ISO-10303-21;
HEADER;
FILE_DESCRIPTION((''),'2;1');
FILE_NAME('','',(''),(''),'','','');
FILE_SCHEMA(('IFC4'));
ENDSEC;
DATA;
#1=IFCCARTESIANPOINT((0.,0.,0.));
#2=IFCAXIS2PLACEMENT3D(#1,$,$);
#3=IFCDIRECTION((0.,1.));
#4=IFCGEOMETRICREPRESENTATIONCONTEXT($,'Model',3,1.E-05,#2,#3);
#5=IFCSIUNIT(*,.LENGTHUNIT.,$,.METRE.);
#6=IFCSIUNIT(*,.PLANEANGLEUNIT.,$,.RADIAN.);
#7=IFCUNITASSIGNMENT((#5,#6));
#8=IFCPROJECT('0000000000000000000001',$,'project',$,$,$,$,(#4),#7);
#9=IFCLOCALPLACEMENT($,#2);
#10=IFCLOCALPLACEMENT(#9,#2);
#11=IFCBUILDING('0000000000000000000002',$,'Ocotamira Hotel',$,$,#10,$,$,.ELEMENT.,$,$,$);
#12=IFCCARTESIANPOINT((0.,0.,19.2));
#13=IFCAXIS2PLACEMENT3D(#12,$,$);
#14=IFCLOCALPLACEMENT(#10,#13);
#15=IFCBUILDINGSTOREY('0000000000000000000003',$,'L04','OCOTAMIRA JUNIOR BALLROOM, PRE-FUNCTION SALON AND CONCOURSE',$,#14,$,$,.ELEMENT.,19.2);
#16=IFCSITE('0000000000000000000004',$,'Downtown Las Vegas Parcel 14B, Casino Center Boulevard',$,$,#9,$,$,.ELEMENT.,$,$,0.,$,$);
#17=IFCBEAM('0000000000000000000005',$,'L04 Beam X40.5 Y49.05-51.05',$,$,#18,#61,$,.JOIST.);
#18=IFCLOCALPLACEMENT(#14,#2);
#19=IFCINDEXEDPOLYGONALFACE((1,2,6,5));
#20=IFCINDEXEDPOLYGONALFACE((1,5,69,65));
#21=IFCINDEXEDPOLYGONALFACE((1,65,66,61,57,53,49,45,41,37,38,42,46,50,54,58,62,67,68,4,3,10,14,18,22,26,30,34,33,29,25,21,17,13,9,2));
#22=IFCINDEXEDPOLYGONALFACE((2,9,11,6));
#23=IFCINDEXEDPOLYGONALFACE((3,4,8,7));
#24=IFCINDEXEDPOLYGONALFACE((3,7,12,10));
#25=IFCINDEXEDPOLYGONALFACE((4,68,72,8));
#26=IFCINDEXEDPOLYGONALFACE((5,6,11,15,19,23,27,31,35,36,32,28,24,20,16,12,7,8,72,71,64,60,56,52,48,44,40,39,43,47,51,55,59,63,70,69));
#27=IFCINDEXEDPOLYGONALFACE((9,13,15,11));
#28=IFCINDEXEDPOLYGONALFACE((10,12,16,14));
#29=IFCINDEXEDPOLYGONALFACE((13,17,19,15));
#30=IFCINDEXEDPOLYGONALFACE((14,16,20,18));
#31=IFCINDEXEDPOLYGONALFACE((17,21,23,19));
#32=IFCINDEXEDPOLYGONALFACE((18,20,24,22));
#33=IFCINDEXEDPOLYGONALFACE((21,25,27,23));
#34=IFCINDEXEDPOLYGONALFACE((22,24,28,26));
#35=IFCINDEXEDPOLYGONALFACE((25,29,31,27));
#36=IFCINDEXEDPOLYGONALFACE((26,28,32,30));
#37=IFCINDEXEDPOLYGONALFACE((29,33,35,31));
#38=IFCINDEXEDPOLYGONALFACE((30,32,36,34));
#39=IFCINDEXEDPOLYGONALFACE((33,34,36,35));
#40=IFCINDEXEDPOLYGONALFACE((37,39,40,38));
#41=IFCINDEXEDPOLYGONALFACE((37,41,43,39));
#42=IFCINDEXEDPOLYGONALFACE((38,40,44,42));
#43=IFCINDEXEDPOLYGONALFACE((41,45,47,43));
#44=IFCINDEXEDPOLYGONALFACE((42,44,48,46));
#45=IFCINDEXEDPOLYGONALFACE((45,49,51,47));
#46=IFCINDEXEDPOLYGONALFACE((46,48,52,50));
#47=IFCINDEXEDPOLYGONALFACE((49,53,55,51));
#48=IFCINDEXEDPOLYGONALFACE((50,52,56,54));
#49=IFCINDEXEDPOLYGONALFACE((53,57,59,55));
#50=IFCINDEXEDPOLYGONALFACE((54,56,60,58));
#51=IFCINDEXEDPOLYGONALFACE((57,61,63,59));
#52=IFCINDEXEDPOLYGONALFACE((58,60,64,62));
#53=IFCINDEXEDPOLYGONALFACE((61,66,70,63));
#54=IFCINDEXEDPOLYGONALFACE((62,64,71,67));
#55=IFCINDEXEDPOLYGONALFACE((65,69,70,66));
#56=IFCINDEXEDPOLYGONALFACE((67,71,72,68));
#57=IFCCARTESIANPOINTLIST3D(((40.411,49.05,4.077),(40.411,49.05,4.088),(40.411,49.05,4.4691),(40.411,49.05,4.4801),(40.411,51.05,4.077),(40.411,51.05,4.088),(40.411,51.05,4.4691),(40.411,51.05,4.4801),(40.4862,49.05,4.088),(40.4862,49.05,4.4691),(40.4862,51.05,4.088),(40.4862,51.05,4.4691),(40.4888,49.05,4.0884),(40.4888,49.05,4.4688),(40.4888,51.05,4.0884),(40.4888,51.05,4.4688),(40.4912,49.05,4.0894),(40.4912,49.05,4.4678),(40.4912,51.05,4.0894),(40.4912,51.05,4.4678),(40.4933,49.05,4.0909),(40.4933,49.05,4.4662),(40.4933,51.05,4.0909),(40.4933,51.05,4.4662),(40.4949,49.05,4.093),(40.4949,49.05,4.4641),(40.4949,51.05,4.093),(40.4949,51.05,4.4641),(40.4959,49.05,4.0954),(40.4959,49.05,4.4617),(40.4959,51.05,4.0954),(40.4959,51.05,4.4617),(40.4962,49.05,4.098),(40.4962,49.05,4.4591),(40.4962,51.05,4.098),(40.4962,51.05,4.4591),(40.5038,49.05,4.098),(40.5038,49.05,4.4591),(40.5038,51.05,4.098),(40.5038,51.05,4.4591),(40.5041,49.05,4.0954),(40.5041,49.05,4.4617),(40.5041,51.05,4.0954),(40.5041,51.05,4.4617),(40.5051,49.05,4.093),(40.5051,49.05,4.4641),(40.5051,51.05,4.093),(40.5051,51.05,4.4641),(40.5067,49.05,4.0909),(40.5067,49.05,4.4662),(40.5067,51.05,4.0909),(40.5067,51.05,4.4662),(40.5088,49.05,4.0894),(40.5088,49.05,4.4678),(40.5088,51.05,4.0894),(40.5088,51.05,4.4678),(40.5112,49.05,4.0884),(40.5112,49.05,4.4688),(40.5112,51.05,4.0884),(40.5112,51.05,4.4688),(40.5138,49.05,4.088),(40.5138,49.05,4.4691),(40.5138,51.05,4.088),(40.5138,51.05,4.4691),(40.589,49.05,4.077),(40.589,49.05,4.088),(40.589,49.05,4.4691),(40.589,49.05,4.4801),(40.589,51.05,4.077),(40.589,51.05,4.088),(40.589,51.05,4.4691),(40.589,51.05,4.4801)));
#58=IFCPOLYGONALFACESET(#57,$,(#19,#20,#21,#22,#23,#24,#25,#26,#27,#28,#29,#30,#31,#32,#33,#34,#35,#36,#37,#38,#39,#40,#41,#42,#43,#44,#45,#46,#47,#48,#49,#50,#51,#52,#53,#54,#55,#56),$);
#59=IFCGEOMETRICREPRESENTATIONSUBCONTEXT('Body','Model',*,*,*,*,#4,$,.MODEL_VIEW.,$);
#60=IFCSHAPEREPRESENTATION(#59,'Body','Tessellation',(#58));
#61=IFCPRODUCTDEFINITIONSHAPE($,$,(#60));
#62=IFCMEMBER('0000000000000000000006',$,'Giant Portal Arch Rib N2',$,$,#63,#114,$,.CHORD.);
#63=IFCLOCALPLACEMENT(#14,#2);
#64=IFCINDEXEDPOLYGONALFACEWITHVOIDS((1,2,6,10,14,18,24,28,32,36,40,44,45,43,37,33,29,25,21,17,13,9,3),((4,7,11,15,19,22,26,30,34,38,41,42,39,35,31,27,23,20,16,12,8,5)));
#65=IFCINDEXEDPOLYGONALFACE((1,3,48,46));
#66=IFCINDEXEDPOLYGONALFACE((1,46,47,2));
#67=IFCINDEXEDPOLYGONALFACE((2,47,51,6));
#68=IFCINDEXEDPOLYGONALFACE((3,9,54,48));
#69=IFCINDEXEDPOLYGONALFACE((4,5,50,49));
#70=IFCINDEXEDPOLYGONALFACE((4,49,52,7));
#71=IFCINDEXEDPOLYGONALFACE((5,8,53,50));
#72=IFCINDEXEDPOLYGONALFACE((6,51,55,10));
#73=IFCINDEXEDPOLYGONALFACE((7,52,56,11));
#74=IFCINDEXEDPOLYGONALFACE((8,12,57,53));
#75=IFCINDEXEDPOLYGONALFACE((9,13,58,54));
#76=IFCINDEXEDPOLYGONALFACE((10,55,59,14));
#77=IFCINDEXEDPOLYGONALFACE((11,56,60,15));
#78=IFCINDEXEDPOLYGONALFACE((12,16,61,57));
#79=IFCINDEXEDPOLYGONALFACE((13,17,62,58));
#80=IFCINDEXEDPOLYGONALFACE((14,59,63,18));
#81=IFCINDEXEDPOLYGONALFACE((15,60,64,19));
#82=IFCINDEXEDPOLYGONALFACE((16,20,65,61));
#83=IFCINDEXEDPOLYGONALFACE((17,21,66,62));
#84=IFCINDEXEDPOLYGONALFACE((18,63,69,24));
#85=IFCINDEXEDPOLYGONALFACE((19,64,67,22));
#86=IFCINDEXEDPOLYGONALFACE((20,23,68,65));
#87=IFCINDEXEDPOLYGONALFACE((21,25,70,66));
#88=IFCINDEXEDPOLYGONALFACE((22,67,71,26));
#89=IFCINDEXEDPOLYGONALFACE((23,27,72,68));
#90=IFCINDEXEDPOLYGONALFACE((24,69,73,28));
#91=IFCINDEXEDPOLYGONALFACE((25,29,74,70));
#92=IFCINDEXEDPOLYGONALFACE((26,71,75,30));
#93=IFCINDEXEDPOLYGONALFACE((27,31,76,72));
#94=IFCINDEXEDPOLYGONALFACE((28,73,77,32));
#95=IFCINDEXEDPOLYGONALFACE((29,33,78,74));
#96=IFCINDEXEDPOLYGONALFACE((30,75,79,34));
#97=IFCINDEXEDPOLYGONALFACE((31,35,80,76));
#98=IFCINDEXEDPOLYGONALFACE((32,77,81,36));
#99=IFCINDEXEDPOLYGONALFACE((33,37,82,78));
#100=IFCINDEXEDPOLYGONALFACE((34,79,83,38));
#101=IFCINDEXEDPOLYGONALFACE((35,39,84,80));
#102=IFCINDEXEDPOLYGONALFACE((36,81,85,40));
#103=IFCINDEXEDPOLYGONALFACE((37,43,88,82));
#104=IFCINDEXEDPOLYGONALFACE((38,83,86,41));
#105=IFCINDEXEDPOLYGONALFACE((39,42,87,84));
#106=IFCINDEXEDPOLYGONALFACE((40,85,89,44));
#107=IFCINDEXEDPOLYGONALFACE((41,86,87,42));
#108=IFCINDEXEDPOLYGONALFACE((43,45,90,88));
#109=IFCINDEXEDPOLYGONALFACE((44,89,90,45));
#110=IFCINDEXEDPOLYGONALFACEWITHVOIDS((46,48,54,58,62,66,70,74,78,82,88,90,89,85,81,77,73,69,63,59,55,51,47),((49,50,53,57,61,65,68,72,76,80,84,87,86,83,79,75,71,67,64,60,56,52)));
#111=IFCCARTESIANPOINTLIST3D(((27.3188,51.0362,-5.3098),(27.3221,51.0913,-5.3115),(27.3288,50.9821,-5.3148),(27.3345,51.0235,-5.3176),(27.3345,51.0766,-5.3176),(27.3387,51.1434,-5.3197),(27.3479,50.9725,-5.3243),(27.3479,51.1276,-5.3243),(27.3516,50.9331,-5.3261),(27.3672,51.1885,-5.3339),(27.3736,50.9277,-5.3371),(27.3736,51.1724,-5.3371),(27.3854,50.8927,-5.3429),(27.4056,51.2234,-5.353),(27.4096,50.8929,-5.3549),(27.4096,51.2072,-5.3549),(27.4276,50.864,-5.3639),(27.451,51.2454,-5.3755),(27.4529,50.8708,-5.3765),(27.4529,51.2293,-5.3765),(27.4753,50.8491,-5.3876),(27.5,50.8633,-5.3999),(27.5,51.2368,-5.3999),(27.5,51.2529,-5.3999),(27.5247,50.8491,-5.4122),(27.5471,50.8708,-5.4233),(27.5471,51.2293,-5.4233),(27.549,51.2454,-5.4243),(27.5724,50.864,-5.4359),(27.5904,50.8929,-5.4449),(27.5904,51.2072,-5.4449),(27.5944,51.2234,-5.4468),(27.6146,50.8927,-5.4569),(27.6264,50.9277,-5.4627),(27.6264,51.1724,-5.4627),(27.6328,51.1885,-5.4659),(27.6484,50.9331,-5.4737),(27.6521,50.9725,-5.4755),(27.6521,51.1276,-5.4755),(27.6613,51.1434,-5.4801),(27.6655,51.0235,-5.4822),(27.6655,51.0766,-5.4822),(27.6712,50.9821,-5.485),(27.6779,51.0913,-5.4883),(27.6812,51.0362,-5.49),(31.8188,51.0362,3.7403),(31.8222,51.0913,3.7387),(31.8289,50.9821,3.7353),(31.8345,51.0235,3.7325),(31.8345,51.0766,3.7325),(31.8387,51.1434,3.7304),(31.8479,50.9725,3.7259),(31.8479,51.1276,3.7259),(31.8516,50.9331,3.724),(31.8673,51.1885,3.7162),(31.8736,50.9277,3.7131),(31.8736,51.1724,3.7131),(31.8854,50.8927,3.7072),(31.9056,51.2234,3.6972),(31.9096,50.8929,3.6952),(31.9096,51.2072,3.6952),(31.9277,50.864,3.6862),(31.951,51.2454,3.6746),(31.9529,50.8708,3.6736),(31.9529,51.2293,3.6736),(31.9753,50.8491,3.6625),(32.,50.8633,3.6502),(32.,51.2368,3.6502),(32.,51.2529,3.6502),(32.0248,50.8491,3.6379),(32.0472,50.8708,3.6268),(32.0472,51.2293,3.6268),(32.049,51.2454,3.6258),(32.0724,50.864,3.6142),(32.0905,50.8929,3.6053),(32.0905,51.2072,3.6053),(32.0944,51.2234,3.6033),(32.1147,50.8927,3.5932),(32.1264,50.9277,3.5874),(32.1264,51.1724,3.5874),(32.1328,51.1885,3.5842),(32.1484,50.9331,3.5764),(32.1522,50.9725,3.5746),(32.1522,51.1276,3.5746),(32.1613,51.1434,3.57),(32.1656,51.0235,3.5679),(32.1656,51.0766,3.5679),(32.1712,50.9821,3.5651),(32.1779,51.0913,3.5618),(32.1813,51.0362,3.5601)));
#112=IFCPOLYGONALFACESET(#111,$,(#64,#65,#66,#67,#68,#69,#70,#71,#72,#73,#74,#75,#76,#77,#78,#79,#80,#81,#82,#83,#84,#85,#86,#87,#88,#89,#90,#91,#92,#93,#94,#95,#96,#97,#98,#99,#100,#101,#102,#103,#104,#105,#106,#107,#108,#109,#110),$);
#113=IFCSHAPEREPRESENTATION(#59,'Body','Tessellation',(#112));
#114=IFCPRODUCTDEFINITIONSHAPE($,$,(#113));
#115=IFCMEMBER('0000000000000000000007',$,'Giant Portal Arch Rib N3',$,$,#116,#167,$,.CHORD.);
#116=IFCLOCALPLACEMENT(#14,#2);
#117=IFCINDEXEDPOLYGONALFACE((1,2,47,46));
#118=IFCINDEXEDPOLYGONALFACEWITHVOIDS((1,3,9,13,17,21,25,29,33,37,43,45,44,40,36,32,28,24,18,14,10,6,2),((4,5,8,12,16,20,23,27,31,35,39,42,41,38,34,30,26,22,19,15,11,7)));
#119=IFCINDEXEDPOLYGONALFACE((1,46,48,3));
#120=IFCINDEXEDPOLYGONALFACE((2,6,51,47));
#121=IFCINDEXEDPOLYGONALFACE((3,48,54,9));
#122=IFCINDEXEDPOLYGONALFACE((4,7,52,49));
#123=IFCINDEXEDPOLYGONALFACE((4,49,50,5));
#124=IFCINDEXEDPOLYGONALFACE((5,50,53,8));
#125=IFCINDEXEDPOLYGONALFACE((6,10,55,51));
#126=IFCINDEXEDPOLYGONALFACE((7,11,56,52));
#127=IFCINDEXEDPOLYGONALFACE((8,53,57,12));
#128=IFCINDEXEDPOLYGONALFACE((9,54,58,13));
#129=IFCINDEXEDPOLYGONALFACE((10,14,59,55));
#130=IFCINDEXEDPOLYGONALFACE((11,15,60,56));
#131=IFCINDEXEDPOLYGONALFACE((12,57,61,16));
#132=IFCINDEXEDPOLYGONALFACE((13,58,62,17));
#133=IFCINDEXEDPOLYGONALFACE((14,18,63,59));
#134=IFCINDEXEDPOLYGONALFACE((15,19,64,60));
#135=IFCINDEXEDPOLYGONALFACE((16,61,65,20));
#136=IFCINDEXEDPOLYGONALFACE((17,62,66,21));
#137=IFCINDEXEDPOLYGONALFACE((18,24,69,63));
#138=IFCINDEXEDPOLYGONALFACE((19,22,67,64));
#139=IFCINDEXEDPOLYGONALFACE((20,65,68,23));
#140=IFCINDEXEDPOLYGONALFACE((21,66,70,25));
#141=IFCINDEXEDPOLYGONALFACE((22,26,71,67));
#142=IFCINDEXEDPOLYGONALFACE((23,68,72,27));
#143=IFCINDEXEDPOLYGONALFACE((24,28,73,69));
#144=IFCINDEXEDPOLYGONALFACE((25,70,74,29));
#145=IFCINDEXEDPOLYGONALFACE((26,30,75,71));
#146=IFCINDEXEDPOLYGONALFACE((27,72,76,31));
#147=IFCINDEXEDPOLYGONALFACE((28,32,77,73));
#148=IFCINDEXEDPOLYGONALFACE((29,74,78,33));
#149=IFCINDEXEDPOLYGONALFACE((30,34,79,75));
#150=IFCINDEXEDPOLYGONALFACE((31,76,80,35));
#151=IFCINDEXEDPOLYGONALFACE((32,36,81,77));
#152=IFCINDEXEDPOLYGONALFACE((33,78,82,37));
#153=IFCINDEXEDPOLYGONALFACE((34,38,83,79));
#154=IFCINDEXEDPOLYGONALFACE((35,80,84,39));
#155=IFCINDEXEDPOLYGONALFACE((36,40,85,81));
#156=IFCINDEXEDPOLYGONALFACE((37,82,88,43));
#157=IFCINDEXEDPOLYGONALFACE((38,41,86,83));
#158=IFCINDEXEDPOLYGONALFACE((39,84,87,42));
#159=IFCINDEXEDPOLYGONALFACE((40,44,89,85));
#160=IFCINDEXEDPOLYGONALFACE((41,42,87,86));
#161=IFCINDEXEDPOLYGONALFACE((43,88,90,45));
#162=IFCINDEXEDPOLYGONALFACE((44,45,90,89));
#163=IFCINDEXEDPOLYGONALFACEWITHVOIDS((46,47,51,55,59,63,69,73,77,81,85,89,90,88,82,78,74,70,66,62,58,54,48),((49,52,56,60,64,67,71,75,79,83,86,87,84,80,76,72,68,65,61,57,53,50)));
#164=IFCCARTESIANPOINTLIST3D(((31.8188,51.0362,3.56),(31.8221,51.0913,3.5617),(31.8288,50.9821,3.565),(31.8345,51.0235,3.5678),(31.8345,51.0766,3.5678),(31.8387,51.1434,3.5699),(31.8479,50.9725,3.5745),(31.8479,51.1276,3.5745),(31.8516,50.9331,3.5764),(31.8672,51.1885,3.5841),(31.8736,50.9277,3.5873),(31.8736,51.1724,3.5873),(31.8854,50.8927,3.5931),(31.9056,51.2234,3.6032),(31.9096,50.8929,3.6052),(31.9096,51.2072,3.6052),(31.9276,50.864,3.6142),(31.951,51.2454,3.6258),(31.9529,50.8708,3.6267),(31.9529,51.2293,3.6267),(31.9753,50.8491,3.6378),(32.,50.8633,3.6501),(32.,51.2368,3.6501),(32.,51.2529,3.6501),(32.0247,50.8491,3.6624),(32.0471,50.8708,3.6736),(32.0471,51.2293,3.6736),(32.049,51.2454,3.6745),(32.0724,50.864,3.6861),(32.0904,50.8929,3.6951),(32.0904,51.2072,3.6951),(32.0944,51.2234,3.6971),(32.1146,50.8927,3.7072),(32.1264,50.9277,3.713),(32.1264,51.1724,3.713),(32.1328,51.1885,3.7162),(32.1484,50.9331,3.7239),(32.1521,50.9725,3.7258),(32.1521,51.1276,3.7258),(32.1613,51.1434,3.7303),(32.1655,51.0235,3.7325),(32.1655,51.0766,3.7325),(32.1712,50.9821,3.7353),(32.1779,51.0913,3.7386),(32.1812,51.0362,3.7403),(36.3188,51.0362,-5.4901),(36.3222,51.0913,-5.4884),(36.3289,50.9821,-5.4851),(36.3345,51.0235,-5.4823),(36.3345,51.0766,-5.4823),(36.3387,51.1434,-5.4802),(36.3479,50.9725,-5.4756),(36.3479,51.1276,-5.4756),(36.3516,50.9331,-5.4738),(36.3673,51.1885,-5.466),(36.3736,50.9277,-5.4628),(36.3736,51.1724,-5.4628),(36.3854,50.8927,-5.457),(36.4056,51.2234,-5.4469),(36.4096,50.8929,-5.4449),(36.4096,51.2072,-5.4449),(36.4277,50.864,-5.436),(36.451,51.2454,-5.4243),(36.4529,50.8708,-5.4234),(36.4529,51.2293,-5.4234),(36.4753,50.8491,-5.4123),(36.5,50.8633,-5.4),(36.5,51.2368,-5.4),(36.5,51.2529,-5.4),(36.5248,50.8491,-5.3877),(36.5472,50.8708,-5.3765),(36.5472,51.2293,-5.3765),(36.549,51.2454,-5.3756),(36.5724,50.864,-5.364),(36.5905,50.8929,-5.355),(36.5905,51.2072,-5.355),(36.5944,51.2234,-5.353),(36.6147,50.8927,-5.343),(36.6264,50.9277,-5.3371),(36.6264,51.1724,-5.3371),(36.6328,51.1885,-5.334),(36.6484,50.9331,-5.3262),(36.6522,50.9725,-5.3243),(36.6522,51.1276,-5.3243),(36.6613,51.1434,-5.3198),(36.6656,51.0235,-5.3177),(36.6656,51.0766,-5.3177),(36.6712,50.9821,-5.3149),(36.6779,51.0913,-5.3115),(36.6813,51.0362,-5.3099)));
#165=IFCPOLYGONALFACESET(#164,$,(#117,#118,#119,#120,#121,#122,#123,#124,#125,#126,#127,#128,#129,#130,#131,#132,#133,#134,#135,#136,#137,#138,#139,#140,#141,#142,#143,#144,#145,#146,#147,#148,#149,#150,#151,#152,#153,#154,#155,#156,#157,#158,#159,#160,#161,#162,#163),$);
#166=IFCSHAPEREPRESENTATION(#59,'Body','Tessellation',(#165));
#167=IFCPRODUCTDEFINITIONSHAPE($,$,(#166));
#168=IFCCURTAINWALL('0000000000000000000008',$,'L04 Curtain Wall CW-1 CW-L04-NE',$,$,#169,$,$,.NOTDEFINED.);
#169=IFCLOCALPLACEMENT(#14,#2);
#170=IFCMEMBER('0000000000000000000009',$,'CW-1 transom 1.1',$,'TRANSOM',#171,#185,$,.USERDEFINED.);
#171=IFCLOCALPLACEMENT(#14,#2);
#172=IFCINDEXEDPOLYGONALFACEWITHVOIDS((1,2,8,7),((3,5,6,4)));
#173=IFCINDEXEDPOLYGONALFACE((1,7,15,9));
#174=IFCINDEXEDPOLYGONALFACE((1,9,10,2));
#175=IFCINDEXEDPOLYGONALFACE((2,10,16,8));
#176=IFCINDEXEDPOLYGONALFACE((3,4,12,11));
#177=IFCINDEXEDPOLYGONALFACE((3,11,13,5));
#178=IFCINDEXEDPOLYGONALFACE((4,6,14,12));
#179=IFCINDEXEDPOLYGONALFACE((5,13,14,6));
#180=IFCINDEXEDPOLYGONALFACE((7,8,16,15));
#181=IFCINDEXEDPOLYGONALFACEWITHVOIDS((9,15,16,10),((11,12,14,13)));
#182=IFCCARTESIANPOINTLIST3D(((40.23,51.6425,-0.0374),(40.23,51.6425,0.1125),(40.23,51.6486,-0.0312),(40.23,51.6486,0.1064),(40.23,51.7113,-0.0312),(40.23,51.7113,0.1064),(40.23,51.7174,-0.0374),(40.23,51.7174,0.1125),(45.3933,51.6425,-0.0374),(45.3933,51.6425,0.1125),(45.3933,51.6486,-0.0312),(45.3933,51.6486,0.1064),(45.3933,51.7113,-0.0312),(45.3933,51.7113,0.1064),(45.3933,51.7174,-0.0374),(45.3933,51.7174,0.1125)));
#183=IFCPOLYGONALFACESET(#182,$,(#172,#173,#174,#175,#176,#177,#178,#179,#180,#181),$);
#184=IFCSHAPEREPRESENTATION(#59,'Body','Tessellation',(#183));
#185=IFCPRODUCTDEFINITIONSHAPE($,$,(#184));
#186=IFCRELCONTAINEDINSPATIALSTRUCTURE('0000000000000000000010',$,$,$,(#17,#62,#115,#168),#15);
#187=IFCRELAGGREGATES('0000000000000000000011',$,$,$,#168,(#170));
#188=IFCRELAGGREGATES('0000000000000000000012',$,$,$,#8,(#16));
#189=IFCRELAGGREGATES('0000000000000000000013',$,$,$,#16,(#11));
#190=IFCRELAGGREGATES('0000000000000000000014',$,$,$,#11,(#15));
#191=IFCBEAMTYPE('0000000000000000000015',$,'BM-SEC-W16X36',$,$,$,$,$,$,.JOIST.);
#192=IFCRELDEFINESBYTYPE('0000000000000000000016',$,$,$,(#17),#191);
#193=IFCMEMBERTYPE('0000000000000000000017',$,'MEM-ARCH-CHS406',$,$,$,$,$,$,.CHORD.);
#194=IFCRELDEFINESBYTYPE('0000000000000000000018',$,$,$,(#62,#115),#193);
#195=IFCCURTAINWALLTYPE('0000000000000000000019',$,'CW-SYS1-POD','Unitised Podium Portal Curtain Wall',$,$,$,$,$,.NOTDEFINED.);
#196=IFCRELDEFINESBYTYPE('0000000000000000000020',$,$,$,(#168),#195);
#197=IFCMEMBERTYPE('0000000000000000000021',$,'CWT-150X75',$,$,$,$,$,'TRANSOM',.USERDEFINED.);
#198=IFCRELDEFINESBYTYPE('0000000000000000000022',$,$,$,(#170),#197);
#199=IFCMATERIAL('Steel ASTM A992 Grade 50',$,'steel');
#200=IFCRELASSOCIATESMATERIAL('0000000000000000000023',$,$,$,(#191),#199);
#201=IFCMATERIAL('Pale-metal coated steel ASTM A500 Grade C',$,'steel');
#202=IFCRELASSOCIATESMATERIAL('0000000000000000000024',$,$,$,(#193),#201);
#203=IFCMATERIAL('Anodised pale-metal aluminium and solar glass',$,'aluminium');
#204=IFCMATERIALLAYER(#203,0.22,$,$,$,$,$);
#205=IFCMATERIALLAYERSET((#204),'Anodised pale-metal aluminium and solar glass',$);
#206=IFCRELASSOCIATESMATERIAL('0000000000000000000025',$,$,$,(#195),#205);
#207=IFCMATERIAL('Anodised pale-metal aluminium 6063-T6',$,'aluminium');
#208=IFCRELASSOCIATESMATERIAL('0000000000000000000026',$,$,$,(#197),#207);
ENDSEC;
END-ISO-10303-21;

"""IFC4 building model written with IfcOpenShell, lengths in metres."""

from ifc_helpers import new_model, si_unit, direction, frame, origin, origin_2d, place, context, subcontext, project, spatial, hollow_rectangle, hollow_circle, i_section, extrude, source, transform, mapped, material, layer, layer_set, material_profile, profile_set, type_object, element, aggregate, save


model = new_model("IFC4")

# Units and contexts
model_context = context("Model", 3, precision=1e-05, world=origin(), true_north=direction((0.0, 1.0)))
body_context = subcontext(model_context, "Body", "Model", "MODEL_VIEW")
ifc_project = project(units=[si_unit("LENGTHUNIT", "METRE"), si_unit("PLANEANGLEUNIT", "RADIAN")], contexts=[model_context])

# Site, building, storey
site_placement = place(None, origin())
site = spatial("IfcSite", under=ifc_project, at=site_placement, Name="Downtown Las Vegas Parcel 14B, Casino Center Boulevard", CompositionType="ELEMENT", RefElevation=0.0)
building_placement = place(site_placement, origin())
building = spatial("IfcBuilding", under=site, at=building_placement, Name="Ocotamira Hotel", CompositionType="ELEMENT")
storey_placement = place(building_placement, frame((0.0, 0.0, 19.2)))
storey = spatial("IfcBuildingStorey", under=building, at=storey_placement, Name="L04", Description="OCOTAMIRA JUNIOR BALLROOM, PRE-FUNCTION SALON AND CONCOURSE", CompositionType="ELEMENT", Elevation=19.2)

# Beam
ifc_material_1 = material(Name="Steel ASTM A992 Grade 50", Category="steel")
ifc_material_profile_1 = material_profile(ifc_material_1, i_section(OverallWidth=0.178, OverallDepth=0.4031, WebThickness=0.0076, FlangeThickness=0.011, FilletRadius=0.01, at=origin_2d()), Name="W16X36")
ifc_profile_set_1 = profile_set([ifc_material_profile_1], Name="Steel ASTM A992 Grade 50")
beam_type_1 = type_object("IfcBeamType", Name="BM-SEC-W16X36", PredefinedType="JOIST", material=ifc_profile_set_1)
shared_shape_1 = source(origin(), body_context, "Body", "SweptSolid", [
    extrude(i_section(OverallWidth=0.178, OverallDepth=0.4031, WebThickness=0.0076, FlangeThickness=0.011, FilletRadius=0.01, at=origin_2d()), origin(), (0.0, 0.0, 1.0), 2.0),
])
beam_1_placement = place(storey_placement, frame((40.5, 49.05, 4.2786), z_axis=(0.0, 1.0, 0.0), x_axis=(-1.0, 0.0, 0.0)))
element("IfcBeam", 1, at=beam_1_placement, inside=storey, type_object=beam_type_1, Name="L04 Beam X40.5 Y49.05-51.05", PredefinedType="JOIST", context=body_context, shape_type="MappedRepresentation", body=[
    mapped(shared_shape_1, transform((0.0, 0.0, 0.0), scale=1.0)),
])

# Members
ifc_material_2 = material(Name="Pale-metal coated steel ASTM A500 Grade C", Category="steel")
ifc_material_profile_2 = material_profile(ifc_material_2, hollow_circle(Radius=0.2029, WallThickness=0.0161, at=origin_2d()), Name="CHS406X16")
ifc_profile_set_2 = profile_set([ifc_material_profile_2], Name="Pale-metal coated steel ASTM A500 Grade C")
member_type_1 = type_object("IfcMemberType", Name="MEM-ARCH-CHS406", PredefinedType="CHORD", material=ifc_profile_set_2)
shared_shape_2 = source(origin(), body_context, "Body", "SweptSolid", [
    extrude(hollow_circle(Radius=0.2029, WallThickness=0.0161, at=origin_2d()), origin(), (0.0, 0.0, 1.0), 10.1072),
])
for number, where, z_axis, x_axis, name in (
    (2, (27.5, 51.05, -5.3999), (0.445232, 0.0, 0.895415), (0.0, 1.0, 0.0), "Giant Portal Arch Rib N2"),
    (3, (32.0, 51.05, 3.6501), (0.445232, 0.0, -0.895415), (0.0, 1.0, 0.0), "Giant Portal Arch Rib N3"),
):
    element("IfcMember", number, at=place(storey_placement, frame(where, z_axis=z_axis, x_axis=x_axis)), inside=storey, type_object=member_type_1, Name=name, PredefinedType="CHORD", context=body_context, shape_type="MappedRepresentation", body=[
        mapped(shared_shape_2, transform((0.0, 0.0, 0.0), scale=1.0)),
    ])

# Curtain wall, member
ifc_material_3 = material(Name="Anodised pale-metal aluminium and solar glass", Category="aluminium")
ifc_layer_1 = layer(ifc_material_3, 0.22)
ifc_layer_set_1 = layer_set([ifc_layer_1], Name="Anodised pale-metal aluminium and solar glass")
curtain_wall_type = type_object("IfcCurtainWallType", Name="CW-SYS1-POD", Description="Unitised Podium Portal Curtain Wall", PredefinedType="NOTDEFINED", material=ifc_layer_set_1)
curtain_wall_1_placement = place(storey_placement, origin())
curtain_wall_1 = element("IfcCurtainWall", 4, at=curtain_wall_1_placement, inside=storey, type_object=curtain_wall_type, Name="L04 Curtain Wall CW-1 CW-L04-NE", PredefinedType="NOTDEFINED")
ifc_material_4 = material(Name="Anodised pale-metal aluminium 6063-T6", Category="aluminium")
ifc_material_profile_3 = material_profile(ifc_material_4, hollow_rectangle(XDim=0.075, YDim=0.1499, WallThickness=0.0061, at=origin_2d()), Name="HSS150X75X6")
ifc_profile_set_3 = profile_set([ifc_material_profile_3], Name="Anodised pale-metal aluminium 6063-T6")
member_type_2 = type_object("IfcMemberType", Name="CWT-150X75", ElementType="TRANSOM", PredefinedType="USERDEFINED", material=ifc_profile_set_3)
shared_shape_3 = source(origin(), body_context, "Body", "SweptSolid", [
    extrude(hollow_rectangle(XDim=0.075, YDim=0.1499, WallThickness=0.0061, at=origin_2d()), origin(), (0.0, 0.0, 1.0), 5.1633),
])
member_1_placement = place(storey_placement, frame((40.23, 51.6799, 0.0376), z_axis=(1.0, 0.0, 0.0), x_axis=(0.0, 1.0, 0.0)))
member_1 = element("IfcMember", 5, at=member_1_placement, type_object=member_type_2, Name="CW-1 transom 1.1", ObjectType="TRANSOM", PredefinedType="USERDEFINED", context=body_context, shape_type="MappedRepresentation", body=[
    mapped(shared_shape_3, transform((0.0, 0.0, 0.0), scale=1.0)),
])

aggregate(curtain_wall_1, [member_1])

save(model, "model.ifc")
